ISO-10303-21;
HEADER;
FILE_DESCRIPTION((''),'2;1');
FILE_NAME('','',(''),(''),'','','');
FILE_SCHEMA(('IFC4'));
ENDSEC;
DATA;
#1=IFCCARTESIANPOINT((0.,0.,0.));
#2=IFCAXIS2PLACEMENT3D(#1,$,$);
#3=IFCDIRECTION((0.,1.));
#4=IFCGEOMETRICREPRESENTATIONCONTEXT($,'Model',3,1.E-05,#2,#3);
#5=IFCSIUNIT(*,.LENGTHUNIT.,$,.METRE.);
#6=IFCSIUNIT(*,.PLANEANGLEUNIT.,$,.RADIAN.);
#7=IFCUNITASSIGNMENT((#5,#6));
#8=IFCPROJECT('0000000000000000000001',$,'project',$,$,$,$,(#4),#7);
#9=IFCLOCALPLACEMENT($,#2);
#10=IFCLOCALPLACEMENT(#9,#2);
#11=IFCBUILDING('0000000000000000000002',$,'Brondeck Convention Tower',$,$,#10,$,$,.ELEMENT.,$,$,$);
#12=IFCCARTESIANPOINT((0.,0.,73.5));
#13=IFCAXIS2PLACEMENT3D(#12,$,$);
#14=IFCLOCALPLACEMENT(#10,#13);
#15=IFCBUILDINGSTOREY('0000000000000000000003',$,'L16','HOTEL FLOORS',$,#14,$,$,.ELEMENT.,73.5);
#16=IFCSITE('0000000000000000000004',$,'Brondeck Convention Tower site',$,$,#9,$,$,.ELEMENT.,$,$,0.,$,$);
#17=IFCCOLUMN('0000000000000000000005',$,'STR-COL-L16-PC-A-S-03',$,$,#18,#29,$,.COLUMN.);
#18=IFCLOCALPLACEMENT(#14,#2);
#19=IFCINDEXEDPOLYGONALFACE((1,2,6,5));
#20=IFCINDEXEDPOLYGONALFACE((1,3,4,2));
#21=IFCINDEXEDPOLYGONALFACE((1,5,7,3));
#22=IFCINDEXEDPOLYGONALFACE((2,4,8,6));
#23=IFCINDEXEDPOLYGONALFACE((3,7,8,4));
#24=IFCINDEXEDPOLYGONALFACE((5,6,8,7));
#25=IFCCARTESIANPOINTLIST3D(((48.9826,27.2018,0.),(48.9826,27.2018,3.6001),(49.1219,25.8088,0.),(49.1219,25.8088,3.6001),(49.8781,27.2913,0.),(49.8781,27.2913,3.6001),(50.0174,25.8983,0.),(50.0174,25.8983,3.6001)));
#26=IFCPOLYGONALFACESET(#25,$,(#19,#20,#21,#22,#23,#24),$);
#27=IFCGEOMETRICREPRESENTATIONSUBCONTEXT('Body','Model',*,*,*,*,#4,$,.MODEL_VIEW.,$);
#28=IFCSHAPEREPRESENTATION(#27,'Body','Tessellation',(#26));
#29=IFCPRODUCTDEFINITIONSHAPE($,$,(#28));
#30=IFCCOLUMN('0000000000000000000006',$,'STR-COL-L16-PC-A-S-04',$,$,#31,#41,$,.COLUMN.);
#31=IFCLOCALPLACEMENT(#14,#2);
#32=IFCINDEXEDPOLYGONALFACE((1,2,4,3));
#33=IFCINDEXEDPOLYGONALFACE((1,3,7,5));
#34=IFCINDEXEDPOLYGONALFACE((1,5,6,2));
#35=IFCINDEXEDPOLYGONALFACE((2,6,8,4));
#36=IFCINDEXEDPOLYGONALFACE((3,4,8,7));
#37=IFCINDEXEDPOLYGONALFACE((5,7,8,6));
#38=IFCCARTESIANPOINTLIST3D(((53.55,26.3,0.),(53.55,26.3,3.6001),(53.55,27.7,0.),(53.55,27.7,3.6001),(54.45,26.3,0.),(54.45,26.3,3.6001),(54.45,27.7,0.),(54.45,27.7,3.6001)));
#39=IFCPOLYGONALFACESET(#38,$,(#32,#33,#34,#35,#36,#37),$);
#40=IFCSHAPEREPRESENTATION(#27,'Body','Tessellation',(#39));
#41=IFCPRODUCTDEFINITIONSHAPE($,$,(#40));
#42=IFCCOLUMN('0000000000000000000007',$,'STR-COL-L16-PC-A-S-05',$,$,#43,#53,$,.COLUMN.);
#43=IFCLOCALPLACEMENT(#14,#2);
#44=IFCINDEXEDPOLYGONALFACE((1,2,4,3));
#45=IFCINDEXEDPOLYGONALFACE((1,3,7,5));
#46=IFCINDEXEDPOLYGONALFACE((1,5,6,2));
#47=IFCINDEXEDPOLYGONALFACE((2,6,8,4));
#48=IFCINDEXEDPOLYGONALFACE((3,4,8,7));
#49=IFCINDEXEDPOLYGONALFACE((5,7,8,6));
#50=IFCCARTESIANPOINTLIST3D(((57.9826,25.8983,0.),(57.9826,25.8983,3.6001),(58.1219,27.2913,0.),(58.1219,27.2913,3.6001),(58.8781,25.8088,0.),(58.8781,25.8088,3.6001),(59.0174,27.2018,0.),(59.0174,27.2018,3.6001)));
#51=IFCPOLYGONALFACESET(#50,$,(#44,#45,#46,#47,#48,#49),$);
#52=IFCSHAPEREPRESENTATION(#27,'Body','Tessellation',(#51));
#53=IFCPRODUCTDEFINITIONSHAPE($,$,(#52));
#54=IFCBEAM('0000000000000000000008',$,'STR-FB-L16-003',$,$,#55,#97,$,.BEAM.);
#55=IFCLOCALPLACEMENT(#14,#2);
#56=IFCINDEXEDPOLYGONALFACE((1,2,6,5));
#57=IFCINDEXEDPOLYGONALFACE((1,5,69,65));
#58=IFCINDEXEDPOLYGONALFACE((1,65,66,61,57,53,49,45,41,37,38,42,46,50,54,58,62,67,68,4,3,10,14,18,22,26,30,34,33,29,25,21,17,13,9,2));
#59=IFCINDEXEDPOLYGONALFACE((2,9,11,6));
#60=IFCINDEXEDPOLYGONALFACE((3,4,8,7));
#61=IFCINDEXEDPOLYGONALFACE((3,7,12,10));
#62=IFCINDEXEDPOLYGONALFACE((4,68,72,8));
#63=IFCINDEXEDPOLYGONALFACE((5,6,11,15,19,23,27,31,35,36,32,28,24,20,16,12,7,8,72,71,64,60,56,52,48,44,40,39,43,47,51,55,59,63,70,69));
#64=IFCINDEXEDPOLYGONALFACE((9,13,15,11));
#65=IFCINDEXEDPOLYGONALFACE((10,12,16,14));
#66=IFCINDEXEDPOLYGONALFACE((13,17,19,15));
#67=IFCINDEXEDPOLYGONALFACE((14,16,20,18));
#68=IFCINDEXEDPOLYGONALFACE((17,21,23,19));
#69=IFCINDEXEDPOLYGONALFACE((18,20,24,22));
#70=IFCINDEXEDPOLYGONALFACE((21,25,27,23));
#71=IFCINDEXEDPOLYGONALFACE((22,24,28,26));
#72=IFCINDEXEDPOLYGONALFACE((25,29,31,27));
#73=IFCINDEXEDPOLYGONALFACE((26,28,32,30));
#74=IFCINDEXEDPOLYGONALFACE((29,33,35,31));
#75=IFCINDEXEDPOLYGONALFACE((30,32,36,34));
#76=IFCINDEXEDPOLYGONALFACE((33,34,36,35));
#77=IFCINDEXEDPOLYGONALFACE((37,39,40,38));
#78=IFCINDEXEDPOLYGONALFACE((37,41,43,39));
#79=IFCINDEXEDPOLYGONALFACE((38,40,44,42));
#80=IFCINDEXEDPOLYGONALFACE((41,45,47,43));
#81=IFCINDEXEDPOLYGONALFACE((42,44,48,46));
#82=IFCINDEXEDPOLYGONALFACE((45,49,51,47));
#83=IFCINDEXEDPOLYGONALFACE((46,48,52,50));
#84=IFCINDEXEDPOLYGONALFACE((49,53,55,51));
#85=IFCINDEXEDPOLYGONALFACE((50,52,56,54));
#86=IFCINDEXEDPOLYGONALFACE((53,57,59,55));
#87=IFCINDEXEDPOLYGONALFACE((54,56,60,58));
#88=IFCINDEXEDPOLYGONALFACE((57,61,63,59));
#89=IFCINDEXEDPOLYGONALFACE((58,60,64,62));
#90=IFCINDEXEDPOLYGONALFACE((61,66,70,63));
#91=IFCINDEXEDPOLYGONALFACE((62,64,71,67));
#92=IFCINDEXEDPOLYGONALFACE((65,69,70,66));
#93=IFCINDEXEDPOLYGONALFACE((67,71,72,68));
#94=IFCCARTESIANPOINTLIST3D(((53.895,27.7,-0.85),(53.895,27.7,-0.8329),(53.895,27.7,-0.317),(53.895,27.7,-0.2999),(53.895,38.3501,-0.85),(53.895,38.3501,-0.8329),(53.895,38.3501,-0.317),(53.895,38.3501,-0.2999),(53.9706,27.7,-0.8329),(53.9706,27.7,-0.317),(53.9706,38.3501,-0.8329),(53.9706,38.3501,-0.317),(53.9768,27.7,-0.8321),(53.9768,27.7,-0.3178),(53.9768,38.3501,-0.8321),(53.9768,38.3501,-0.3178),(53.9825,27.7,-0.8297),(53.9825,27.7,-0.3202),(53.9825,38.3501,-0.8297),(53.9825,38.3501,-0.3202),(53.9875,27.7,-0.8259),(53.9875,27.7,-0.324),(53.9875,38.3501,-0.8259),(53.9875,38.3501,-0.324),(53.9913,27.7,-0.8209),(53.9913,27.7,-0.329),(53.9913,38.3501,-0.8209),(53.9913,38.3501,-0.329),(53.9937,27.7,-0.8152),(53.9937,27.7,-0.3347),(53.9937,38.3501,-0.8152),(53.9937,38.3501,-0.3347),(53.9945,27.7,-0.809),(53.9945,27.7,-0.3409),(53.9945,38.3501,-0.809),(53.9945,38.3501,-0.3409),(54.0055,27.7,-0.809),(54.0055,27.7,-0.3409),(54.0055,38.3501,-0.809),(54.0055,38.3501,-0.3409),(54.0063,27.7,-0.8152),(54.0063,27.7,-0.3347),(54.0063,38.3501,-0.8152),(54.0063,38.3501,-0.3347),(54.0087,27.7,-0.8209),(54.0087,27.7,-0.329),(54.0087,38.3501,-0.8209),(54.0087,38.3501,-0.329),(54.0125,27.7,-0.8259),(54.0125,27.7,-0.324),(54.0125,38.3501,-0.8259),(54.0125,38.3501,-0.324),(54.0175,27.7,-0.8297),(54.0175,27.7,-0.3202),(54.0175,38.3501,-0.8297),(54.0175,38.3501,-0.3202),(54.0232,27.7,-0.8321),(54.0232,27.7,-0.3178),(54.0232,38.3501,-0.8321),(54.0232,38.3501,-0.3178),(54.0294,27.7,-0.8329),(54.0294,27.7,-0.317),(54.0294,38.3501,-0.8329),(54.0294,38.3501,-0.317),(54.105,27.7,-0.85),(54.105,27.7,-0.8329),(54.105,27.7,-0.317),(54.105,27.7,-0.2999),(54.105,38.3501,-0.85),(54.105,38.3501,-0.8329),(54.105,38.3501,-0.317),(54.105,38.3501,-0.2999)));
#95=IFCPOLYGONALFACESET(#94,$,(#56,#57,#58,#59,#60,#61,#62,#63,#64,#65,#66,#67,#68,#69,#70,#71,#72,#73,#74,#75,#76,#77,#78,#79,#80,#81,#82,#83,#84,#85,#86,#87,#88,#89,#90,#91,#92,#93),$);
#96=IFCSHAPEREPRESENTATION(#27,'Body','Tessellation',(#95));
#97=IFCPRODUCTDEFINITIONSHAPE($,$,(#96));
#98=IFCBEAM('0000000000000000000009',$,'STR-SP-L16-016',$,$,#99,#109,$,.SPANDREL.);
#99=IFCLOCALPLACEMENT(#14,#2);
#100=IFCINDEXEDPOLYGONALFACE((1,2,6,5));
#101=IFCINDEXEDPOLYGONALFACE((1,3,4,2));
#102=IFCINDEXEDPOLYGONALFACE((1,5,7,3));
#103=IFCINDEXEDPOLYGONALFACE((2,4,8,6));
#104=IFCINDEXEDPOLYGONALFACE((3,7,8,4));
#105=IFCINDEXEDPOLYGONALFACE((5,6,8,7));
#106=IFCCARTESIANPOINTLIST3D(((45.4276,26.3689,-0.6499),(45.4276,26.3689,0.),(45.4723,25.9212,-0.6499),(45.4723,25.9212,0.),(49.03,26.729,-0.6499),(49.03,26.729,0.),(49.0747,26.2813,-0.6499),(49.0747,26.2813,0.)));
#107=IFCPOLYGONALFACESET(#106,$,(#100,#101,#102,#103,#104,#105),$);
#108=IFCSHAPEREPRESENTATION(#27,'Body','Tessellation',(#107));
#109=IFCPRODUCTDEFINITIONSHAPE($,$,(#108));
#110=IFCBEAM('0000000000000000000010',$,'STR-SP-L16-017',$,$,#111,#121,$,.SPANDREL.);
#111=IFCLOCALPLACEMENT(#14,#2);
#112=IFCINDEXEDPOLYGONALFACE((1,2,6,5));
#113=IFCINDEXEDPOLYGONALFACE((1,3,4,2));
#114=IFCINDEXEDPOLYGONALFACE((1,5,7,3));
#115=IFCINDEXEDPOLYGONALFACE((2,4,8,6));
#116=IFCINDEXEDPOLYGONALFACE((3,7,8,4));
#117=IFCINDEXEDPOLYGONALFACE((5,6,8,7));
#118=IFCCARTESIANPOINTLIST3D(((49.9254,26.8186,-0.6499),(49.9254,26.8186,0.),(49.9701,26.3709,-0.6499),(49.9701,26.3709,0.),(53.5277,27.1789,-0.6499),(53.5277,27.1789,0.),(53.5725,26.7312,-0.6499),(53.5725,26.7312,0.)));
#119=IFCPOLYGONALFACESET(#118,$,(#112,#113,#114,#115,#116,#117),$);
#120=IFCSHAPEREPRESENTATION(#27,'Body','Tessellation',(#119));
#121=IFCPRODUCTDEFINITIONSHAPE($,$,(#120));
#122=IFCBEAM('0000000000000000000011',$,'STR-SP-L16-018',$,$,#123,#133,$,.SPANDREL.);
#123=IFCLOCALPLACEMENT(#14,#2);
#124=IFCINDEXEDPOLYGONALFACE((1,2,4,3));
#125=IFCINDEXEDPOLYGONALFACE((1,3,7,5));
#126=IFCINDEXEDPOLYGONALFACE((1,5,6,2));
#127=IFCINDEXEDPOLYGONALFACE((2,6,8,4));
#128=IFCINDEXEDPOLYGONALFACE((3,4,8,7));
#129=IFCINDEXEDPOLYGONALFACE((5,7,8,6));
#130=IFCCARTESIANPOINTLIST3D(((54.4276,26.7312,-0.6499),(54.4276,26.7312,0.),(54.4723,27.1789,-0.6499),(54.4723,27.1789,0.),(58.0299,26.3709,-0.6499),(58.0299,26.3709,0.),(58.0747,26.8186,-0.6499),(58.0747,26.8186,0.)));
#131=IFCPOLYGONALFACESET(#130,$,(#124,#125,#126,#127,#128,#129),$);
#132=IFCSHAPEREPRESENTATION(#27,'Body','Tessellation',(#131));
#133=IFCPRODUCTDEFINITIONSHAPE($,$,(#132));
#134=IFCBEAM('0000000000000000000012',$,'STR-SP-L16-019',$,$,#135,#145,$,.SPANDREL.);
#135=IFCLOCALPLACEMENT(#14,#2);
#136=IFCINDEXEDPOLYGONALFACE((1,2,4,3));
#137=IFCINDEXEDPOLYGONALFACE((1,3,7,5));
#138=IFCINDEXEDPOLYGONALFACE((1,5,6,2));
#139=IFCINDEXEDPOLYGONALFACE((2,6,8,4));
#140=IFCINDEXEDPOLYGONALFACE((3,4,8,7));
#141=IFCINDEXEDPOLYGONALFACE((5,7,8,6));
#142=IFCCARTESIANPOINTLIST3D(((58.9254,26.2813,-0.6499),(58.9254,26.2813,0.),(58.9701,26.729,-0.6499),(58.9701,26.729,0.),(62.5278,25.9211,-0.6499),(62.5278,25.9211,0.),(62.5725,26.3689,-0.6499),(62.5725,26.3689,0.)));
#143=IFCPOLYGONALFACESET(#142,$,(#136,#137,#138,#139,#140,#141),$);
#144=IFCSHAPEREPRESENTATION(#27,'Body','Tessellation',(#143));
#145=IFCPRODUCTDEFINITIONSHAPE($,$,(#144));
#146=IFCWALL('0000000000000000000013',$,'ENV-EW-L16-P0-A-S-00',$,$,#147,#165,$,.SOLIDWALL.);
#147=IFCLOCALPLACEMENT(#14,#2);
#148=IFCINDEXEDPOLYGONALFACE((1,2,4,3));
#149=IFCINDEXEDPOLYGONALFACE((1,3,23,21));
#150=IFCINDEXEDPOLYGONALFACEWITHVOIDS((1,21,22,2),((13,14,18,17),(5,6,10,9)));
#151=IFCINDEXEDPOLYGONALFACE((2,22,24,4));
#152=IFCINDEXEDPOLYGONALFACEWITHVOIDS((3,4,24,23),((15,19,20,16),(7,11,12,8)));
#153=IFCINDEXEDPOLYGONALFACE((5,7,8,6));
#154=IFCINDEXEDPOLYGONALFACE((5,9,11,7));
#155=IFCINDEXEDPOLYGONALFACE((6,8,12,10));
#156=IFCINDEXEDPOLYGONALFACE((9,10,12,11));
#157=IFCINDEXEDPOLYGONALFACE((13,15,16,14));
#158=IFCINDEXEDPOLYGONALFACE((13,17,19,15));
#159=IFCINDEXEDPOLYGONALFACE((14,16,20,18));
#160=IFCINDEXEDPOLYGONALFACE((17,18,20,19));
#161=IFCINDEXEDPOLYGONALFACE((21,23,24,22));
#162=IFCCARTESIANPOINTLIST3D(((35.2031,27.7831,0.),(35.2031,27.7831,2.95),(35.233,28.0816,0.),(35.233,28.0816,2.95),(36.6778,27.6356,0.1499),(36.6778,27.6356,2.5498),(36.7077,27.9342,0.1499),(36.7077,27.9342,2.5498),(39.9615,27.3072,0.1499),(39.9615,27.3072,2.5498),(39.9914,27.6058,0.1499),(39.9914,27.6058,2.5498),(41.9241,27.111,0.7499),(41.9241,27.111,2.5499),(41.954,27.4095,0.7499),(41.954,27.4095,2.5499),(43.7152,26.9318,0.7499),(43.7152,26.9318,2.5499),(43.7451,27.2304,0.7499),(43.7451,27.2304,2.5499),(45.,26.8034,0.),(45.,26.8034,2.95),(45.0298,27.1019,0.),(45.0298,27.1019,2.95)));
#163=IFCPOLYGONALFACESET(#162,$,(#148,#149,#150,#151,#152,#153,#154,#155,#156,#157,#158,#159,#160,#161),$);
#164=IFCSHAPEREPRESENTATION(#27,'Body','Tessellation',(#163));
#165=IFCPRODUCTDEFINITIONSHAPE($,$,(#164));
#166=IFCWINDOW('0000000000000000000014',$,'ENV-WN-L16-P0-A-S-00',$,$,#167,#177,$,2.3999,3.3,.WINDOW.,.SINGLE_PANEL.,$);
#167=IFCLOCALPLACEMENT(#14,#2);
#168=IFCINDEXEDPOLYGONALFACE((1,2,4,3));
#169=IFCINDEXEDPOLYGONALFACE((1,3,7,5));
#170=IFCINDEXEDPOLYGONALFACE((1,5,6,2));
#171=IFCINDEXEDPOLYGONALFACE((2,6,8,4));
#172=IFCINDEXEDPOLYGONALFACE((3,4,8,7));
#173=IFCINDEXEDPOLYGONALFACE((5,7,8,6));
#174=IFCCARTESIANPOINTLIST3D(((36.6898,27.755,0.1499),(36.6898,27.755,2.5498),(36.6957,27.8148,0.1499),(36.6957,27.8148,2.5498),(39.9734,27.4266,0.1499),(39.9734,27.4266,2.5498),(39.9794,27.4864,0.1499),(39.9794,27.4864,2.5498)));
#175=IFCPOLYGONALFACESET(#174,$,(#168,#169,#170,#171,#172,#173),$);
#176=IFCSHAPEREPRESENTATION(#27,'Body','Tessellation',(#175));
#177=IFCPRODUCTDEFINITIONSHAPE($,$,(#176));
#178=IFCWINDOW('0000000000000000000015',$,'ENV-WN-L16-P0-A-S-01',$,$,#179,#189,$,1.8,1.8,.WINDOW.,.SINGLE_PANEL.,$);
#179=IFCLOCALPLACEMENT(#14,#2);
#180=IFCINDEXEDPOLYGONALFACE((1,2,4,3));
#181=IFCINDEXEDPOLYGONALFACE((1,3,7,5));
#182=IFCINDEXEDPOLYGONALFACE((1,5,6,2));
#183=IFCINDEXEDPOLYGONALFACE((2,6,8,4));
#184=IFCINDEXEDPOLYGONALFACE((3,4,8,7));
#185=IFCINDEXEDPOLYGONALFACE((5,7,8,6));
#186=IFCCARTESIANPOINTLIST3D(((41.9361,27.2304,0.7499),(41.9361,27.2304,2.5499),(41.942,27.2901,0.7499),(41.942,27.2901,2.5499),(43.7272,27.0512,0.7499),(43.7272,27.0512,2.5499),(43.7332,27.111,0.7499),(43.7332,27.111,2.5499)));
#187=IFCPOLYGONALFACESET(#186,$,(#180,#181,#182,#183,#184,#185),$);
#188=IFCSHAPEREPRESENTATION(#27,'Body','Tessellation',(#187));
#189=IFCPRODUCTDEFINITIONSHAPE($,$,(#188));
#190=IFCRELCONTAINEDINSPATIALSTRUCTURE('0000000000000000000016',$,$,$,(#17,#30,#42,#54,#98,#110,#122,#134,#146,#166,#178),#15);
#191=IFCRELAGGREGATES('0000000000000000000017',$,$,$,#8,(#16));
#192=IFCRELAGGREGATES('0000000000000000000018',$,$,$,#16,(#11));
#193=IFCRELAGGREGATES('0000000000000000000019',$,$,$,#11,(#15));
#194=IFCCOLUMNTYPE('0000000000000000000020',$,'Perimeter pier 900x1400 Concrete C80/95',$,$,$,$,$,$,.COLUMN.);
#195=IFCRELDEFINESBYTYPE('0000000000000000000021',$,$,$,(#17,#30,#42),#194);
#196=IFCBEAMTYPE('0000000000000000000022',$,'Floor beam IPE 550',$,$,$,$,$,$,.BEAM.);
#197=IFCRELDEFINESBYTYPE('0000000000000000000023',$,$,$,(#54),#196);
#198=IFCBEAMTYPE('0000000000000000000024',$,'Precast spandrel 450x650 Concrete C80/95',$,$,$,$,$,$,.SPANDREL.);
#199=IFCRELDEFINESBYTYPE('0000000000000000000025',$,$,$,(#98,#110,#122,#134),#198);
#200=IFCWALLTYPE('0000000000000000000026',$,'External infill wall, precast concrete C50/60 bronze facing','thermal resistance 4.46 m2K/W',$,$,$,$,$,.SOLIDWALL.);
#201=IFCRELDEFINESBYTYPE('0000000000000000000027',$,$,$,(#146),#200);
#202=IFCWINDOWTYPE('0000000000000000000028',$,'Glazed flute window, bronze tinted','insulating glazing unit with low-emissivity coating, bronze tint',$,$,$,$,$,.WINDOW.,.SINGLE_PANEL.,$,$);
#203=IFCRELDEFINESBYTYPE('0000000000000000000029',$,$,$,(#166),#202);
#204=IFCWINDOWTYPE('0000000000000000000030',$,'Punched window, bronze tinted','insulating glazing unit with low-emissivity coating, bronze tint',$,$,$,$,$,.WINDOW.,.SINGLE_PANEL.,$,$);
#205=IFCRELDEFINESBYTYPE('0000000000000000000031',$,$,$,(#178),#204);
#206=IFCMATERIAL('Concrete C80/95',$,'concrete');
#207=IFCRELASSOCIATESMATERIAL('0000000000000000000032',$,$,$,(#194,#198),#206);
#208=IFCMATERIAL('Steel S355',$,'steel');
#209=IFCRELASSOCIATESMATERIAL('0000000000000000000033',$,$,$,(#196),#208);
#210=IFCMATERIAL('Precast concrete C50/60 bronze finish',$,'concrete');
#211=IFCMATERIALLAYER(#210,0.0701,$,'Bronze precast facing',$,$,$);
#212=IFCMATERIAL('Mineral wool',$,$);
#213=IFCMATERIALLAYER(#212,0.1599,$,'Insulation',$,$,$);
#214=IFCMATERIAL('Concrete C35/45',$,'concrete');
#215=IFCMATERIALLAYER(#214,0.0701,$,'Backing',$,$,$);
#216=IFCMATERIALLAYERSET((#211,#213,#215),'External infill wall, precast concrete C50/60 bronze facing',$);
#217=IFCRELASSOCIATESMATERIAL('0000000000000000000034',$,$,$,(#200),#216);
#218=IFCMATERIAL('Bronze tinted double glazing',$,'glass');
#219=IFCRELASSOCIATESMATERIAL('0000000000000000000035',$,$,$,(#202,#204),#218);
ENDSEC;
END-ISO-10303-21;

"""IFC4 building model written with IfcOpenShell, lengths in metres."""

from ifc_helpers import new_model, si_unit, direction, frame, frame_2d, origin, origin_2d, place, context, subcontext, project, spatial, rectangle, i_section, extrude, material, layer, layer_set, material_profile, profile_set, type_object, element, fill, save


model = new_model("IFC4")

# Units and contexts
model_context = context("Model", 3, precision=1e-05, world=origin(), true_north=direction((0.0, 1.0)))
body_context = subcontext(model_context, "Body", "Model", "MODEL_VIEW")
ifc_project = project(units=[si_unit("LENGTHUNIT", "METRE"), si_unit("PLANEANGLEUNIT", "RADIAN")], contexts=[model_context])

# Site, building, storey
site_placement = place(None, origin())
site = spatial("IfcSite", under=ifc_project, at=site_placement, Name="Brondeck Convention Tower site", CompositionType="ELEMENT", RefElevation=0.0)
building_placement = place(site_placement, origin())
building = spatial("IfcBuilding", under=site, at=building_placement, Name="Brondeck Convention Tower", CompositionType="ELEMENT")
storey_placement = place(building_placement, frame((0.0, 0.0, 73.5)))
storey = spatial("IfcBuildingStorey", under=building, at=storey_placement, Name="L16", Description="HOTEL FLOORS", CompositionType="ELEMENT", Elevation=73.5)

# Columns
ifc_material_1 = material(Name="Concrete C80/95", Category="concrete")
ifc_material_profile_1 = material_profile(ifc_material_1, rectangle(XDim=0.8999, YDim=1.3999, at=origin_2d()), Name="Perimeter pier 900x1400 Concrete C80/95")
ifc_profile_set_1 = profile_set([ifc_material_profile_1], Name="Concrete C80/95")
column_type = type_object("IfcColumnType", Name="Perimeter pier 900x1400 Concrete C80/95", PredefinedType="COLUMN", material=ifc_profile_set_1)
for number, where, z_axis, x_axis, name in (
    (1, (49.5, 26.55, 0.0), (0.0, 0.0, 1.0), (0.995037, 0.099504, 0.0), "STR-COL-L16-PC-A-S-03"),
    (2, (54.0, 27.0, 0.0), (0.0, 0.0, 1.0), (1.0, 0.0, 0.0), "STR-COL-L16-PC-A-S-04"),
    (3, (58.5, 26.55, 0.0), (0.0, 0.0, 1.0), (0.995037, -0.099504, 0.0), "STR-COL-L16-PC-A-S-05"),
):
    element("IfcColumn", number, at=place(storey_placement, frame(where, z_axis=z_axis, x_axis=x_axis)), inside=storey, type_object=column_type, Name=name, PredefinedType="COLUMN", context=body_context, shape_type="SweptSolid", body=[
        extrude(rectangle(XDim=0.8999, YDim=1.3999, at=origin_2d()), origin(), (0.0, 0.0, 1.0), 3.6001),
    ])

# Beams
ifc_material_2 = material(Name="Steel S355", Category="steel")
ifc_material_profile_2 = material_profile(ifc_material_2, i_section(OverallWidth=0.21, OverallDepth=0.55, WebThickness=0.011, FlangeThickness=0.0171, FilletRadius=0.0239, at=origin_2d()), Name="IPE 550")
ifc_profile_set_2 = profile_set([ifc_material_profile_2], Name="Steel S355")
beam_type_1 = type_object("IfcBeamType", Name="Floor beam IPE 550", PredefinedType="BEAM", material=ifc_profile_set_2)
beam_placement = place(storey_placement, frame((54.0, 27.7, -0.575), z_axis=(0.0, 1.0, 0.0), x_axis=(-1.0, 0.0, 0.0)))
element("IfcBeam", 4, at=beam_placement, inside=storey, type_object=beam_type_1, Name="STR-FB-L16-003", PredefinedType="BEAM", context=body_context, shape_type="SweptSolid", body=[
    extrude(i_section(OverallWidth=0.21, OverallDepth=0.55, WebThickness=0.011, FlangeThickness=0.0171, FilletRadius=0.0239, at=origin_2d()), origin(), (0.0, 0.0, 1.0), 10.6501),
])
ifc_material_profile_3 = material_profile(ifc_material_1, rectangle(XDim=0.45, YDim=0.6499, at=origin_2d()), Name="Precast spandrel 450x650 Concrete C80/95")
ifc_profile_set_3 = profile_set([ifc_material_profile_3], Name="Concrete C80/95")
beam_type_2 = type_object("IfcBeamType", Name="Precast spandrel 450x650 Concrete C80/95", PredefinedType="SPANDREL", material=ifc_profile_set_3)
for number, where, z_axis, x_axis, name in (
    (5, (45.45, 26.145, -0.325), (0.995041, 0.09947, 0.0), (-0.09947, 0.995041, 0.0), "STR-SP-L16-016"),
    (6, (49.9478, 26.5947, -0.325), (0.995034, 0.099537, 0.0), (-0.099537, 0.995034, 0.0), "STR-SP-L16-017"),
    (7, (54.45, 26.9551, -0.325), (0.995034, -0.099537, 0.0), (0.099537, 0.995034, 0.0), "STR-SP-L16-018"),
    (8, (58.9478, 26.5051, -0.325), (0.995041, -0.09947, 0.0), (0.09947, 0.995041, 0.0), "STR-SP-L16-019"),
):
    element("IfcBeam", number, at=place(storey_placement, frame(where, z_axis=z_axis, x_axis=x_axis)), inside=storey, type_object=beam_type_2, Name=name, PredefinedType="SPANDREL", context=body_context, shape_type="SweptSolid", body=[
        extrude(rectangle(XDim=0.45, YDim=0.6499, at=origin_2d()), origin(), (0.0, 0.0, 1.0), 3.6204),
    ])

# Wall, openings, windows
ifc_material_3 = material(Name="Precast concrete C50/60 bronze finish", Category="concrete")
ifc_layer_1 = layer(ifc_material_3, 0.0701, Name="Bronze precast facing")
ifc_material_4 = material(Name="Mineral wool")
ifc_layer_2 = layer(ifc_material_4, 0.1599, Name="Insulation")
ifc_material_5 = material(Name="Concrete C35/45", Category="concrete")
ifc_layer_3 = layer(ifc_material_5, 0.0701, Name="Backing")
ifc_layer_set_1 = layer_set([ifc_layer_1, ifc_layer_2, ifc_layer_3], Name="External infill wall, precast concrete C50/60 bronze facing")
wall_type_1 = type_object("IfcWallType", Name="External infill wall, precast concrete C50/60 bronze facing", Description="thermal resistance 4.46 m2K/W", PredefinedType="SOLIDWALL", material=ifc_layer_set_1)
wall_1_placement = place(storey_placement, frame((45.0149, 26.9526, 0.0), z_axis=(0.0, 0.0, 1.0), x_axis=(-0.995037, 0.099509, 0.0)))
wall_1 = element("IfcWall", 9, at=wall_1_placement, inside=storey, type_object=wall_type_1, Name="ENV-EW-L16-P0-A-S-00", PredefinedType="SOLIDWALL", context=body_context, shape_type="SweptSolid", body=[
    extrude(rectangle(XDim=9.8457, YDim=0.3, at=frame_2d((4.9229, 0.0))), origin(), (0.0, 0.0, 1.0), 2.95),
])
opening_1_placement = place(wall_1_placement, frame((1.2913, 0.0, 0.75)))
opening_1 = element("IfcOpeningElement", 10, at=opening_1_placement, cuts=wall_1, PredefinedType="OPENING", context=body_context, shape_type="SweptSolid", body=[
    extrude(rectangle(XDim=1.8, YDim=1.8, at=frame_2d((0.8999, 0.8999))), frame((0.0, 0.1599, 0.0), z_axis=(0.0, -1.0, 0.0), x_axis=(1.0, 0.0, 0.0)), (0.0, 0.0, 1.0), 0.3201),
])
opening_2_placement = place(wall_1_placement, frame((5.0637, 0.0, 0.1499)))
opening_2 = element("IfcOpeningElement", 11, at=opening_2_placement, cuts=wall_1, PredefinedType="OPENING", context=body_context, shape_type="SweptSolid", body=[
    extrude(rectangle(XDim=3.3, YDim=2.3999, at=frame_2d((1.6499, 1.2))), frame((0.0, 0.1599, 0.0), z_axis=(0.0, -1.0, 0.0), x_axis=(1.0, 0.0, 0.0)), (0.0, 0.0, 1.0), 0.3201),
])
ifc_material_6 = material(Name="Bronze tinted double glazing", Category="glass")
window_type_1 = type_object("IfcWindowType", Name="Glazed flute window, bronze tinted", Description="insulating glazing unit with low-emissivity coating, bronze tint", PartitioningType="SINGLE_PANEL", PredefinedType="WINDOW", material=ifc_material_6)
window_1_placement = place(opening_2_placement, origin())
window_1 = element("IfcWindow", 12, at=window_1_placement, inside=storey, type_object=window_type_1, Name="ENV-WN-L16-P0-A-S-00", OverallHeight=2.3999, OverallWidth=3.3, PartitioningType="SINGLE_PANEL", PredefinedType="WINDOW", context=body_context, shape_type="SweptSolid", body=[
    extrude(rectangle(XDim=3.3, YDim=2.3999, at=frame_2d((1.6499, 1.2))), frame((0.0, 0.03, 0.0), z_axis=(0.0, -1.0, 0.0), x_axis=(1.0, 0.0, 0.0)), (0.0, 0.0, 1.0), 0.0601),
])
fill(opening_2, window_1)
window_type_2 = type_object("IfcWindowType", Name="Punched window, bronze tinted", Description="insulating glazing unit with low-emissivity coating, bronze tint", PartitioningType="SINGLE_PANEL", PredefinedType="WINDOW", material=ifc_material_6)
window_2_placement = place(opening_1_placement, origin())
window_2 = element("IfcWindow", 13, at=window_2_placement, inside=storey, type_object=window_type_2, Name="ENV-WN-L16-P0-A-S-01", OverallHeight=1.8, OverallWidth=1.8, PartitioningType="SINGLE_PANEL", PredefinedType="WINDOW", context=body_context, shape_type="SweptSolid", body=[
    extrude(rectangle(XDim=1.8, YDim=1.8, at=frame_2d((0.8999, 0.8999))), frame((0.0, 0.03, 0.0), z_axis=(0.0, -1.0, 0.0), x_axis=(1.0, 0.0, 0.0)), (0.0, 0.0, 1.0), 0.0601),
])
fill(opening_1, window_2)

save(model, "model.ifc")
